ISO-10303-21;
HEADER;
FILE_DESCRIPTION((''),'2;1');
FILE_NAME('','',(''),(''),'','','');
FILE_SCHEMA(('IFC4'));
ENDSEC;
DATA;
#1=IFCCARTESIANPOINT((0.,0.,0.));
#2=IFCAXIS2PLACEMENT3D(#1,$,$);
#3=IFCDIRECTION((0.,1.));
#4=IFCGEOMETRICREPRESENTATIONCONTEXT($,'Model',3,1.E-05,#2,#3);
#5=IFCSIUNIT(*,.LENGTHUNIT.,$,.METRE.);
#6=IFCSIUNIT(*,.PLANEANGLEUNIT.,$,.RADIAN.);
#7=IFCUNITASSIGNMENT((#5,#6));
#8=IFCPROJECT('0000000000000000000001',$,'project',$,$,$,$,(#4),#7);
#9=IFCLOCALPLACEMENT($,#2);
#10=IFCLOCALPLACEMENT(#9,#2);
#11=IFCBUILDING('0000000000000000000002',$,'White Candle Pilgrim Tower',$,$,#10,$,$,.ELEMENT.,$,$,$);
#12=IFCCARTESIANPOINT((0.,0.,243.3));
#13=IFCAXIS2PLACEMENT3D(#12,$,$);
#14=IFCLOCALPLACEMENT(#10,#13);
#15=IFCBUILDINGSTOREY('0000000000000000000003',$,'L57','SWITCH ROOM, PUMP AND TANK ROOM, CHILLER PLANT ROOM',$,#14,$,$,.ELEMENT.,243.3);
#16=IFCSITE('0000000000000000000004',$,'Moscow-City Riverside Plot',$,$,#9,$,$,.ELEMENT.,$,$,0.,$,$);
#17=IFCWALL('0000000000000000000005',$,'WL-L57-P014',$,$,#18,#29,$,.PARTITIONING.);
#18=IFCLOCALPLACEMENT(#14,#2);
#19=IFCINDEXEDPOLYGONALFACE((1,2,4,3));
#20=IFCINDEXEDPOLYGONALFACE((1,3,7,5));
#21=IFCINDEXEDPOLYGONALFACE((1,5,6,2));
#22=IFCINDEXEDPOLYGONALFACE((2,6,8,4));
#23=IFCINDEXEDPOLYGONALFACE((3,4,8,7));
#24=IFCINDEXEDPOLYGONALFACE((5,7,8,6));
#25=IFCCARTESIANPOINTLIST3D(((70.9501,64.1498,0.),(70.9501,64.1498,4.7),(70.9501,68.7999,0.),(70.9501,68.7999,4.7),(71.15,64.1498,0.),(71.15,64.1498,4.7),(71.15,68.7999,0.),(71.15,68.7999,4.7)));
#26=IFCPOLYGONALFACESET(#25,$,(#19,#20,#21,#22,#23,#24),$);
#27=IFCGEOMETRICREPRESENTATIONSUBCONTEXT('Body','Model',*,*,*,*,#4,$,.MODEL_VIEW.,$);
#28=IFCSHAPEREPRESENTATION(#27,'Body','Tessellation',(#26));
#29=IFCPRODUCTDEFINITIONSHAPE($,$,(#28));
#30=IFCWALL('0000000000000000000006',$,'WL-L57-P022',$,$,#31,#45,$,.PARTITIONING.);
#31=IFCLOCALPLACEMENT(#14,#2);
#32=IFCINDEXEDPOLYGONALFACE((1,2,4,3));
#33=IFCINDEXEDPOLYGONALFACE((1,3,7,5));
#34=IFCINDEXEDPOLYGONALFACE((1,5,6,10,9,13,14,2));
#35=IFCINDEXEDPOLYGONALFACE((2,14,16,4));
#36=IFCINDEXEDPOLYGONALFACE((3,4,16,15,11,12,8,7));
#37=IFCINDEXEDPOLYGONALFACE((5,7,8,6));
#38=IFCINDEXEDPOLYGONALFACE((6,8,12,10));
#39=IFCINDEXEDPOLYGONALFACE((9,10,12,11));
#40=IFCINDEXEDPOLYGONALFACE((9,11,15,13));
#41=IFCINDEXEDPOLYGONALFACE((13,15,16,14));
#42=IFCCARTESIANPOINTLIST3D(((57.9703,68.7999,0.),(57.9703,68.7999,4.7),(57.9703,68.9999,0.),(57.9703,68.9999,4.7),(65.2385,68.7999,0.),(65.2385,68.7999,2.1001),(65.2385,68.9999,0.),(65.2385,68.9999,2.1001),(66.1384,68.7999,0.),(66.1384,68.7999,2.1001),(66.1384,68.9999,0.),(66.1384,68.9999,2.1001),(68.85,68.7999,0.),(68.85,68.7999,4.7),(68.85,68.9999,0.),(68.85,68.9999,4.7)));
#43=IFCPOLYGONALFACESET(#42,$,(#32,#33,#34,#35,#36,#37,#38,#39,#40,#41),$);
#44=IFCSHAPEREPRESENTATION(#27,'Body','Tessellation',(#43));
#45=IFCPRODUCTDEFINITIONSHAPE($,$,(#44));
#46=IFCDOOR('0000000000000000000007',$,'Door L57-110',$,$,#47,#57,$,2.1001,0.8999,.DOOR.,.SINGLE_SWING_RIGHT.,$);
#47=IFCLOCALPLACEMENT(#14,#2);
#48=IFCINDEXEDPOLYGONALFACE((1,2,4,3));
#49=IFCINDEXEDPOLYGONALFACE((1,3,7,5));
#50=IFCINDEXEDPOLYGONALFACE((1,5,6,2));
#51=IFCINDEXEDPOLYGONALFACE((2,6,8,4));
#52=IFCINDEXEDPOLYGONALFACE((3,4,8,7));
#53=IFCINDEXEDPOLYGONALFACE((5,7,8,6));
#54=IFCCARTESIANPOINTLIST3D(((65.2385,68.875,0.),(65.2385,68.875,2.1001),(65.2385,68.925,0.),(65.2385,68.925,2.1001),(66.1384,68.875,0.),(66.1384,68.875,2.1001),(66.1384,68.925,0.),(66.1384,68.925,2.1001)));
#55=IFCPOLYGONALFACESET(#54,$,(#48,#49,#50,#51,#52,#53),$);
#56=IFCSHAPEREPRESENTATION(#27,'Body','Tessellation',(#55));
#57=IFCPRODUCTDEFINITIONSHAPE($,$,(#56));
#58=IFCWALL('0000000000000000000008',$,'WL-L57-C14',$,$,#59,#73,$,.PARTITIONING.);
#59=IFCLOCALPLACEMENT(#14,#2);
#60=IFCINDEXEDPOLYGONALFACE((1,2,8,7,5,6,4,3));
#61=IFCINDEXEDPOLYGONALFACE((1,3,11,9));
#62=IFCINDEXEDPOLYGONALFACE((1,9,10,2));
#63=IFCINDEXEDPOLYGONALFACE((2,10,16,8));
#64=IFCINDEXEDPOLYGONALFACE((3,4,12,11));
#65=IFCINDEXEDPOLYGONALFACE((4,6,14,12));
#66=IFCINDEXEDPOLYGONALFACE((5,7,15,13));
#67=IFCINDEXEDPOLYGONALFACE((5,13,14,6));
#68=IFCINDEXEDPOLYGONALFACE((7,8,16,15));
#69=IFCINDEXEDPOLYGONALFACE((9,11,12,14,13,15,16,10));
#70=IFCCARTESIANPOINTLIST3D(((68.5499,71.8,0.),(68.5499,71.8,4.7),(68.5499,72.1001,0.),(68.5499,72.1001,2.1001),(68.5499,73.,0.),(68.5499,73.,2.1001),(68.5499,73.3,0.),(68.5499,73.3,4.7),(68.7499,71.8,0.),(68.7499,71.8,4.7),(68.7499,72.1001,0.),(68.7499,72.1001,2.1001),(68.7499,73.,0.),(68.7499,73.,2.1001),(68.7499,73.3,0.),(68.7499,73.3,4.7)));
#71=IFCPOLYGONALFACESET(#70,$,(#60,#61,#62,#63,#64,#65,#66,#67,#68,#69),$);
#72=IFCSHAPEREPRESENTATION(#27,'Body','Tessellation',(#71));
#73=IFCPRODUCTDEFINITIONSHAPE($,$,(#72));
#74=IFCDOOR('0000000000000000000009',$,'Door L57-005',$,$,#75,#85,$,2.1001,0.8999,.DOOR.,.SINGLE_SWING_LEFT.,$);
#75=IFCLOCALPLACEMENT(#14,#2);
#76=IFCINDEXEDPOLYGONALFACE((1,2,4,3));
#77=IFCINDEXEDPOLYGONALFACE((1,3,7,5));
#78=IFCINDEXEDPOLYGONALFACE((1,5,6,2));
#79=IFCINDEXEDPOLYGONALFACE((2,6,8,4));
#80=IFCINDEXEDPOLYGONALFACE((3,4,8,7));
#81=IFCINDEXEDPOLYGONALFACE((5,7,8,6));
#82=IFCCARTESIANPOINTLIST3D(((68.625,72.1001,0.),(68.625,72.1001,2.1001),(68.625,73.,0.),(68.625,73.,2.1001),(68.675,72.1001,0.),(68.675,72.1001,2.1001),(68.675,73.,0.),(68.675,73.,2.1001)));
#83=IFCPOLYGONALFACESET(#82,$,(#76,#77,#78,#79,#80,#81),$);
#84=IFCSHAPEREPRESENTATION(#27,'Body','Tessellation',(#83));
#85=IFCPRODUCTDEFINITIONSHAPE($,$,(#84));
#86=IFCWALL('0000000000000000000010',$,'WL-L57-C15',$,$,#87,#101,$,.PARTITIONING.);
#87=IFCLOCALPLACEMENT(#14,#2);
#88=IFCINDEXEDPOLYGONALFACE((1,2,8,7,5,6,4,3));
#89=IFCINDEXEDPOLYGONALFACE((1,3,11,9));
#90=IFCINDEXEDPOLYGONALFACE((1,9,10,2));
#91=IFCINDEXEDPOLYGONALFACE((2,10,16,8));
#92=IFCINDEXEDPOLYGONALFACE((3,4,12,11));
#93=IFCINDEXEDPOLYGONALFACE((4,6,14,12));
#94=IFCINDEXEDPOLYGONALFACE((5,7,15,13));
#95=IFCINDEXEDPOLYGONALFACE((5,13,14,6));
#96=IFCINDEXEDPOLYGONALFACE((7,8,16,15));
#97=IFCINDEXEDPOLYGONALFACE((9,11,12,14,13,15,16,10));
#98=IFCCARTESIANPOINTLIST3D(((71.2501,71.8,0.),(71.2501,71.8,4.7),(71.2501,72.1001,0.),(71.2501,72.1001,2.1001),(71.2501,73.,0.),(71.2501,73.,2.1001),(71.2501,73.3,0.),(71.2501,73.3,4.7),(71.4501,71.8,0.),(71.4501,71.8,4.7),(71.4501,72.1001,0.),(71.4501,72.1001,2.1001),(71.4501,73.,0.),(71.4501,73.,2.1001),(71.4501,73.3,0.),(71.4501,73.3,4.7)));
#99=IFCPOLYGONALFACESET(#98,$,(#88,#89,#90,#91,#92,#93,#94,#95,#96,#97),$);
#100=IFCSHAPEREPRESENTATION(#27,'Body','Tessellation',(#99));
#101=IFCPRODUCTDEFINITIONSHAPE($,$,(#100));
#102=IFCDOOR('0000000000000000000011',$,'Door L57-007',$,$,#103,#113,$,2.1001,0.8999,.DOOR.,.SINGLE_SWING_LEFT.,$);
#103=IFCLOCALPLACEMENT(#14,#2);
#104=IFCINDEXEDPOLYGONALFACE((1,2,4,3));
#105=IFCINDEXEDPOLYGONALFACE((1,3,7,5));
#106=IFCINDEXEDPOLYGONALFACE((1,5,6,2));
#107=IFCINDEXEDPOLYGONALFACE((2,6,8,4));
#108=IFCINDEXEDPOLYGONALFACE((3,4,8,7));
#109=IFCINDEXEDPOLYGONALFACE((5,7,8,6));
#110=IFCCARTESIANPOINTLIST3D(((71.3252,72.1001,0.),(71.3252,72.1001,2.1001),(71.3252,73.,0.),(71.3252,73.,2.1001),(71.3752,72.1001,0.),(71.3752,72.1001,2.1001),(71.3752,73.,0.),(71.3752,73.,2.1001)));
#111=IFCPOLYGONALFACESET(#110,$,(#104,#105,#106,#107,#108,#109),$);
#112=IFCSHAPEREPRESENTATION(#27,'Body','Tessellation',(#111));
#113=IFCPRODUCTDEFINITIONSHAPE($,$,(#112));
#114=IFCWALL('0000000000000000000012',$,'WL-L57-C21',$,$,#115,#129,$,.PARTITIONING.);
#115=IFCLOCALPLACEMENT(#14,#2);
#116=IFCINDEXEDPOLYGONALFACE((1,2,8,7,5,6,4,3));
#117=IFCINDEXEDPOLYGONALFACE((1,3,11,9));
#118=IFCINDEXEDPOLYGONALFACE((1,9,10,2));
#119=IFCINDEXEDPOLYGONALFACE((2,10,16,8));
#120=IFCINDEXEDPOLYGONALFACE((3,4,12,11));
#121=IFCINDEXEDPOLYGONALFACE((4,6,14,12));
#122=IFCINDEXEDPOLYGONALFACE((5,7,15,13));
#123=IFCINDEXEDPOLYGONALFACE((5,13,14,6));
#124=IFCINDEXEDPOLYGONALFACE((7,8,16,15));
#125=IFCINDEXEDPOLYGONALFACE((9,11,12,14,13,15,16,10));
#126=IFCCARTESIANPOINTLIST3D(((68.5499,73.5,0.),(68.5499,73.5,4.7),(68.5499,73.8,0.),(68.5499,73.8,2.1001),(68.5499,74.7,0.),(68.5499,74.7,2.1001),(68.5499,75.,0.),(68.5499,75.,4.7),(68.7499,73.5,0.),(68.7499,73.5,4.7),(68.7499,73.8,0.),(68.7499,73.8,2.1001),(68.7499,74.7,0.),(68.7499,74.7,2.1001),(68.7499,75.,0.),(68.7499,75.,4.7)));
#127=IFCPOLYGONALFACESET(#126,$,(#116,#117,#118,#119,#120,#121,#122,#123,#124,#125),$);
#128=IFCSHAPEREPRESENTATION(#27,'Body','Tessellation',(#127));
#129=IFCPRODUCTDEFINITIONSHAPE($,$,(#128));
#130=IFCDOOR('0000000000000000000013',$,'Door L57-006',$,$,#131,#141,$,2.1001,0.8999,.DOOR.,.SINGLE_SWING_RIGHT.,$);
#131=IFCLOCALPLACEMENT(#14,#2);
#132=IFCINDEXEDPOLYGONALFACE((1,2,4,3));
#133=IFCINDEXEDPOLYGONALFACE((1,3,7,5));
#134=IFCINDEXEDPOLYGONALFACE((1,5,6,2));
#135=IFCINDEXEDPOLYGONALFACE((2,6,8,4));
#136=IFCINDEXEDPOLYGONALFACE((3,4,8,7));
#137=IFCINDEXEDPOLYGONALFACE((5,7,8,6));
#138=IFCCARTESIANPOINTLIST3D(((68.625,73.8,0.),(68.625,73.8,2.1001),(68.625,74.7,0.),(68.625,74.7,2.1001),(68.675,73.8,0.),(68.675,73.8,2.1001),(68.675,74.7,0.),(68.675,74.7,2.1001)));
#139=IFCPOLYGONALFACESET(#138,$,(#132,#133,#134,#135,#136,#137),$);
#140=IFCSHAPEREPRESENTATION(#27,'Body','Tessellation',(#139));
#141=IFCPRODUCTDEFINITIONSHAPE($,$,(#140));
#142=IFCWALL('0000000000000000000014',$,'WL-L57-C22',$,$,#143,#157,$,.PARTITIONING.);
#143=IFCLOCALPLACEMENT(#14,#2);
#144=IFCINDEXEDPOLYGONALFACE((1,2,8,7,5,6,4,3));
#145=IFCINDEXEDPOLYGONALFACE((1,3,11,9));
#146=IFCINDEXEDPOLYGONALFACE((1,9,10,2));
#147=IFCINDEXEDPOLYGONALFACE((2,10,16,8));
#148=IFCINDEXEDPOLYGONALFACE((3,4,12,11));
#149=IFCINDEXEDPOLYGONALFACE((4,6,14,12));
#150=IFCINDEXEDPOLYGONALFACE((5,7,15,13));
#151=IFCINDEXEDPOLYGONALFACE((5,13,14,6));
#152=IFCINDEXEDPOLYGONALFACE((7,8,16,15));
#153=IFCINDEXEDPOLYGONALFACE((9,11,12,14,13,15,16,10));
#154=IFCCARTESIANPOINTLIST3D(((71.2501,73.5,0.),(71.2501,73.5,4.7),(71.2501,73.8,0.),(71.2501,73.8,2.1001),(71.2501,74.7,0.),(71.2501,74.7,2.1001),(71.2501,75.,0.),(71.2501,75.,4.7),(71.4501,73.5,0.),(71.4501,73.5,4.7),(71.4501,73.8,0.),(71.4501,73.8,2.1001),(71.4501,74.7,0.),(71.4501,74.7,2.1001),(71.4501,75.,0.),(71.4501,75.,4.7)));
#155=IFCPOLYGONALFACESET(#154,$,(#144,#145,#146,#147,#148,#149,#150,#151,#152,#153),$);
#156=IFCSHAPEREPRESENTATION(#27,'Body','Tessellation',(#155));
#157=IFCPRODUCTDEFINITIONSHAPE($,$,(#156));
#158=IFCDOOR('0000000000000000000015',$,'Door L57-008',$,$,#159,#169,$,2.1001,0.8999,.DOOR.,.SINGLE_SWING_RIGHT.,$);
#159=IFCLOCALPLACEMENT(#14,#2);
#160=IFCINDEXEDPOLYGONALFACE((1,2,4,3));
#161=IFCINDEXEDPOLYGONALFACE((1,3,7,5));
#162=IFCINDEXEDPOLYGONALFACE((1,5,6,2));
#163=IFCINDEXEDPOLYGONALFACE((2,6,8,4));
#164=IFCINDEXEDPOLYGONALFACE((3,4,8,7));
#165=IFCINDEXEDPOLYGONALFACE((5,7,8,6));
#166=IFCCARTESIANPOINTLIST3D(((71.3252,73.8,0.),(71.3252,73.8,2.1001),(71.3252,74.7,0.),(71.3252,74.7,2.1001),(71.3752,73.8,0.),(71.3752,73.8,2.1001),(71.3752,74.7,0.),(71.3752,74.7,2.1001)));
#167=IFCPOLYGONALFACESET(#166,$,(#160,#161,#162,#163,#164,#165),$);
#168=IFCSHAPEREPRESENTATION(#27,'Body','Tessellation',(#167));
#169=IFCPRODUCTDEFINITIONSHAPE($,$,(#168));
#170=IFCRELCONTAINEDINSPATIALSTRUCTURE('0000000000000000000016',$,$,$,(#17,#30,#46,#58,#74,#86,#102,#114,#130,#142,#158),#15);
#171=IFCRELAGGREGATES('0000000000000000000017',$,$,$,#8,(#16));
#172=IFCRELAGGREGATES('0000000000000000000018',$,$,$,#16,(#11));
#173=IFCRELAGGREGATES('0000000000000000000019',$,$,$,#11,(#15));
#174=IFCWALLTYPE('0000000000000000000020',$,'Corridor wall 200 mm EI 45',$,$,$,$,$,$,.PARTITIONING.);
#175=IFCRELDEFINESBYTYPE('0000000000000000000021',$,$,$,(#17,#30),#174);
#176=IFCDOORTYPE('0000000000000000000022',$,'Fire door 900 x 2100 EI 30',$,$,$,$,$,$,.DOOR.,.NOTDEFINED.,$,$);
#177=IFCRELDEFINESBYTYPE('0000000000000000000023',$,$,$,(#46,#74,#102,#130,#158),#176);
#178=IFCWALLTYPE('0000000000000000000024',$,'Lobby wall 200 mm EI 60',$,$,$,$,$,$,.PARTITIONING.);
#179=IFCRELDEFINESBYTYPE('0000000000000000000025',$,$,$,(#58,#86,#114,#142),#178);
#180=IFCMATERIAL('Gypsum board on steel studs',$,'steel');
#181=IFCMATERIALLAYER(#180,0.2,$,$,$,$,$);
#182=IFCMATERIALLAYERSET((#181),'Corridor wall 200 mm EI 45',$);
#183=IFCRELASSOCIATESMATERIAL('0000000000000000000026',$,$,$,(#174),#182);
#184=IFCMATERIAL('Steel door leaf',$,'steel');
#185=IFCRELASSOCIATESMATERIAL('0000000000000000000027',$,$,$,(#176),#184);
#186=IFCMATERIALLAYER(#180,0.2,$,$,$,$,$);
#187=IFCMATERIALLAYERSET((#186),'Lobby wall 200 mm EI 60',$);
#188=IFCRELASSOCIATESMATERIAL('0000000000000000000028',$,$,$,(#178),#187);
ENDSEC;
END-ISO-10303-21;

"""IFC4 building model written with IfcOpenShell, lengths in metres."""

from ifc_helpers import new_model, si_unit, direction, frame, frame_2d, origin, place, context, subcontext, project, spatial, rectangle, extrude, material, layer, layer_set, type_object, element, fill, save


model = new_model("IFC4")

# Units and contexts
model_context = context("Model", 3, precision=1e-05, world=origin(), true_north=direction((0.0, 1.0)))
body_context = subcontext(model_context, "Body", "Model", "MODEL_VIEW")
ifc_project = project(units=[si_unit("LENGTHUNIT", "METRE"), si_unit("PLANEANGLEUNIT", "RADIAN")], contexts=[model_context])

# Site, building, storey
site_placement = place(None, origin())
site = spatial("IfcSite", under=ifc_project, at=site_placement, Name="Moscow-City Riverside Plot", CompositionType="ELEMENT", RefElevation=0.0)
building_placement = place(site_placement, origin())
building = spatial("IfcBuilding", under=site, at=building_placement, Name="White Candle Pilgrim Tower", CompositionType="ELEMENT")
storey_placement = place(building_placement, frame((0.0, 0.0, 243.3)))
storey = spatial("IfcBuildingStorey", under=building, at=storey_placement, Name="L57", Description="SWITCH ROOM, PUMP AND TANK ROOM, CHILLER PLANT ROOM", CompositionType="ELEMENT", Elevation=243.3)

# Wall
ifc_material_1 = material(Name="Gypsum board on steel studs", Category="steel")
ifc_layer_1 = layer(ifc_material_1, 0.2)
ifc_layer_set_1 = layer_set([ifc_layer_1], Name="Corridor wall 200 mm EI 45")
wall_type_1 = type_object("IfcWallType", Name="Corridor wall 200 mm EI 45", PredefinedType="PARTITIONING", material=ifc_layer_set_1)
wall_1_placement = place(storey_placement, frame((71.05, 68.8, 0.0), z_axis=(0.0, 0.0, 1.0), x_axis=(0.0, -1.0, 0.0)))
element("IfcWall", 1, at=wall_1_placement, inside=storey, type_object=wall_type_1, Name="WL-L57-P014", PredefinedType="PARTITIONING", context=body_context, shape_type="SweptSolid", body=[
    extrude(rectangle(XDim=4.6501, YDim=0.2, at=frame_2d((2.3252, 0.0))), origin(), (0.0, 0.0, 1.0), 4.7),
])

# Walls, openings, doors
wall_2_placement = place(storey_placement, frame((68.8501, 68.8999, 0.0), z_axis=(0.0, 0.0, 1.0), x_axis=(-1.0, 0.0, 0.0)))
wall_2 = element("IfcWall", 2, at=wall_2_placement, inside=storey, type_object=wall_type_1, Name="WL-L57-P022", PredefinedType="PARTITIONING", context=body_context, shape_type="SweptSolid", body=[
    extrude(rectangle(XDim=10.8796, YDim=0.2, at=frame_2d((5.4399, 0.0))), origin(), (0.0, 0.0, 1.0), 4.7),
])
opening_1_placement = place(wall_2_placement, frame((2.7117, 0.0, 0.0)))
opening_1 = element("IfcOpeningElement", 3, at=opening_1_placement, cuts=wall_2, PredefinedType="OPENING", context=body_context, shape_type="SweptSolid", body=[
    extrude(rectangle(XDim=0.8999, YDim=2.1001, at=frame_2d((0.45, 1.05))), frame((0.0, 0.1099, 0.0), z_axis=(0.0, -1.0, 0.0), x_axis=(1.0, 0.0, 0.0)), (0.0, 0.0, 1.0), 0.22),
])
ifc_material_2 = material(Name="Steel door leaf", Category="steel")
door_type = type_object("IfcDoorType", Name="Fire door 900 x 2100 EI 30", OperationType="NOTDEFINED", PredefinedType="DOOR", material=ifc_material_2)
door_1_placement = place(opening_1_placement, origin())
door_1 = element("IfcDoor", 4, at=door_1_placement, inside=storey, type_object=door_type, Name="Door L57-110", OperationType="SINGLE_SWING_RIGHT", OverallHeight=2.1001, OverallWidth=0.8999, PredefinedType="DOOR", context=body_context, shape_type="SweptSolid", body=[
    extrude(rectangle(XDim=0.8999, YDim=2.1001, at=frame_2d((0.45, 1.05))), frame((0.0, 0.0249, 0.0), z_axis=(0.0, -1.0, 0.0), x_axis=(1.0, 0.0, 0.0)), (0.0, 0.0, 1.0), 0.05),
])
fill(opening_1, door_1)
ifc_layer_2 = layer(ifc_material_1, 0.2)
ifc_layer_set_2 = layer_set([ifc_layer_2], Name="Lobby wall 200 mm EI 60")
wall_type_2 = type_object("IfcWallType", Name="Lobby wall 200 mm EI 60", PredefinedType="PARTITIONING", material=ifc_layer_set_2)
wall_3_placement = place(storey_placement, frame((68.6499, 71.8, 0.0), z_axis=(0.0, 0.0, 1.0), x_axis=(0.0, 1.0, 0.0)))
wall_3 = element("IfcWall", 5, at=wall_3_placement, inside=storey, type_object=wall_type_2, Name="WL-L57-C14", PredefinedType="PARTITIONING", context=body_context, shape_type="SweptSolid", body=[
    extrude(rectangle(XDim=1.5, YDim=0.2, at=frame_2d((0.75, 0.0))), origin(), (0.0, 0.0, 1.0), 4.7),
])
opening_2_placement = place(wall_3_placement, frame((0.3, 0.0, 0.0)))
opening_2 = element("IfcOpeningElement", 6, at=opening_2_placement, cuts=wall_3, PredefinedType="OPENING", context=body_context, shape_type="SweptSolid", body=[
    extrude(rectangle(XDim=0.8999, YDim=2.1001, at=frame_2d((0.45, 1.05))), frame((0.0, 0.1099, 0.0), z_axis=(0.0, -1.0, 0.0), x_axis=(1.0, 0.0, 0.0)), (0.0, 0.0, 1.0), 0.22),
])
door_2_placement = place(opening_2_placement, origin())
door_2 = element("IfcDoor", 7, at=door_2_placement, inside=storey, type_object=door_type, Name="Door L57-005", OperationType="SINGLE_SWING_LEFT", OverallHeight=2.1001, OverallWidth=0.8999, PredefinedType="DOOR", context=body_context, shape_type="SweptSolid", body=[
    extrude(rectangle(XDim=0.8999, YDim=2.1001, at=frame_2d((0.45, 1.05))), frame((0.0, 0.0249, 0.0), z_axis=(0.0, -1.0, 0.0), x_axis=(1.0, 0.0, 0.0)), (0.0, 0.0, 1.0), 0.05),
])
fill(opening_2, door_2)
wall_4_placement = place(storey_placement, frame((71.3501, 71.8, 0.0), z_axis=(0.0, 0.0, 1.0), x_axis=(0.0, 1.0, 0.0)))
wall_4 = element("IfcWall", 8, at=wall_4_placement, inside=storey, type_object=wall_type_2, Name="WL-L57-C15", PredefinedType="PARTITIONING", context=body_context, shape_type="SweptSolid", body=[
    extrude(rectangle(XDim=1.5, YDim=0.2, at=frame_2d((0.75, 0.0))), origin(), (0.0, 0.0, 1.0), 4.7),
])
opening_3_placement = place(wall_4_placement, frame((0.3, 0.0, 0.0)))
opening_3 = element("IfcOpeningElement", 9, at=opening_3_placement, cuts=wall_4, PredefinedType="OPENING", context=body_context, shape_type="SweptSolid", body=[
    extrude(rectangle(XDim=0.8999, YDim=2.1001, at=frame_2d((0.45, 1.05))), frame((0.0, 0.1099, 0.0), z_axis=(0.0, -1.0, 0.0), x_axis=(1.0, 0.0, 0.0)), (0.0, 0.0, 1.0), 0.22),
])
door_3_placement = place(opening_3_placement, origin())
door_3 = element("IfcDoor", 10, at=door_3_placement, inside=storey, type_object=door_type, Name="Door L57-007", OperationType="SINGLE_SWING_LEFT", OverallHeight=2.1001, OverallWidth=0.8999, PredefinedType="DOOR", context=body_context, shape_type="SweptSolid", body=[
    extrude(rectangle(XDim=0.8999, YDim=2.1001, at=frame_2d((0.45, 1.05))), frame((0.0, 0.0249, 0.0), z_axis=(0.0, -1.0, 0.0), x_axis=(1.0, 0.0, 0.0)), (0.0, 0.0, 1.0), 0.05),
])
fill(opening_3, door_3)
wall_5_placement = place(storey_placement, frame((68.6499, 73.5, 0.0), z_axis=(0.0, 0.0, 1.0), x_axis=(0.0, 1.0, 0.0)))
wall_5 = element("IfcWall", 11, at=wall_5_placement, inside=storey, type_object=wall_type_2, Name="WL-L57-C21", PredefinedType="PARTITIONING", context=body_context, shape_type="SweptSolid", body=[
    extrude(rectangle(XDim=1.5, YDim=0.2, at=frame_2d((0.75, 0.0))), origin(), (0.0, 0.0, 1.0), 4.7),
])
opening_4_placement = place(wall_5_placement, frame((0.3, 0.0, 0.0)))
opening_4 = element("IfcOpeningElement", 12, at=opening_4_placement, cuts=wall_5, PredefinedType="OPENING", context=body_context, shape_type="SweptSolid", body=[
    extrude(rectangle(XDim=0.8999, YDim=2.1001, at=frame_2d((0.45, 1.05))), frame((0.0, 0.1099, 0.0), z_axis=(0.0, -1.0, 0.0), x_axis=(1.0, 0.0, 0.0)), (0.0, 0.0, 1.0), 0.22),
])
door_4_placement = place(opening_4_placement, origin())
door_4 = element("IfcDoor", 13, at=door_4_placement, inside=storey, type_object=door_type, Name="Door L57-006", OperationType="SINGLE_SWING_RIGHT", OverallHeight=2.1001, OverallWidth=0.8999, PredefinedType="DOOR", context=body_context, shape_type="SweptSolid", body=[
    extrude(rectangle(XDim=0.8999, YDim=2.1001, at=frame_2d((0.45, 1.05))), frame((0.0, 0.0249, 0.0), z_axis=(0.0, -1.0, 0.0), x_axis=(1.0, 0.0, 0.0)), (0.0, 0.0, 1.0), 0.05),
])
fill(opening_4, door_4)
wall_6_placement = place(storey_placement, frame((71.3501, 73.5, 0.0), z_axis=(0.0, 0.0, 1.0), x_axis=(0.0, 1.0, 0.0)))
wall_6 = element("IfcWall", 14, at=wall_6_placement, inside=storey, type_object=wall_type_2, Name="WL-L57-C22", PredefinedType="PARTITIONING", context=body_context, shape_type="SweptSolid", body=[
    extrude(rectangle(XDim=1.5, YDim=0.2, at=frame_2d((0.75, 0.0))), origin(), (0.0, 0.0, 1.0), 4.7),
])
opening_5_placement = place(wall_6_placement, frame((0.3, 0.0, 0.0)))
opening_5 = element("IfcOpeningElement", 15, at=opening_5_placement, cuts=wall_6, PredefinedType="OPENING", context=body_context, shape_type="SweptSolid", body=[
    extrude(rectangle(XDim=0.8999, YDim=2.1001, at=frame_2d((0.45, 1.05))), frame((0.0, 0.1099, 0.0), z_axis=(0.0, -1.0, 0.0), x_axis=(1.0, 0.0, 0.0)), (0.0, 0.0, 1.0), 0.22),
])
door_5_placement = place(opening_5_placement, origin())
door_5 = element("IfcDoor", 16, at=door_5_placement, inside=storey, type_object=door_type, Name="Door L57-008", OperationType="SINGLE_SWING_RIGHT", OverallHeight=2.1001, OverallWidth=0.8999, PredefinedType="DOOR", context=body_context, shape_type="SweptSolid", body=[
    extrude(rectangle(XDim=0.8999, YDim=2.1001, at=frame_2d((0.45, 1.05))), frame((0.0, 0.0249, 0.0), z_axis=(0.0, -1.0, 0.0), x_axis=(1.0, 0.0, 0.0)), (0.0, 0.0, 1.0), 0.05),
])
fill(opening_5, door_5)

save(model, "model.ifc")
